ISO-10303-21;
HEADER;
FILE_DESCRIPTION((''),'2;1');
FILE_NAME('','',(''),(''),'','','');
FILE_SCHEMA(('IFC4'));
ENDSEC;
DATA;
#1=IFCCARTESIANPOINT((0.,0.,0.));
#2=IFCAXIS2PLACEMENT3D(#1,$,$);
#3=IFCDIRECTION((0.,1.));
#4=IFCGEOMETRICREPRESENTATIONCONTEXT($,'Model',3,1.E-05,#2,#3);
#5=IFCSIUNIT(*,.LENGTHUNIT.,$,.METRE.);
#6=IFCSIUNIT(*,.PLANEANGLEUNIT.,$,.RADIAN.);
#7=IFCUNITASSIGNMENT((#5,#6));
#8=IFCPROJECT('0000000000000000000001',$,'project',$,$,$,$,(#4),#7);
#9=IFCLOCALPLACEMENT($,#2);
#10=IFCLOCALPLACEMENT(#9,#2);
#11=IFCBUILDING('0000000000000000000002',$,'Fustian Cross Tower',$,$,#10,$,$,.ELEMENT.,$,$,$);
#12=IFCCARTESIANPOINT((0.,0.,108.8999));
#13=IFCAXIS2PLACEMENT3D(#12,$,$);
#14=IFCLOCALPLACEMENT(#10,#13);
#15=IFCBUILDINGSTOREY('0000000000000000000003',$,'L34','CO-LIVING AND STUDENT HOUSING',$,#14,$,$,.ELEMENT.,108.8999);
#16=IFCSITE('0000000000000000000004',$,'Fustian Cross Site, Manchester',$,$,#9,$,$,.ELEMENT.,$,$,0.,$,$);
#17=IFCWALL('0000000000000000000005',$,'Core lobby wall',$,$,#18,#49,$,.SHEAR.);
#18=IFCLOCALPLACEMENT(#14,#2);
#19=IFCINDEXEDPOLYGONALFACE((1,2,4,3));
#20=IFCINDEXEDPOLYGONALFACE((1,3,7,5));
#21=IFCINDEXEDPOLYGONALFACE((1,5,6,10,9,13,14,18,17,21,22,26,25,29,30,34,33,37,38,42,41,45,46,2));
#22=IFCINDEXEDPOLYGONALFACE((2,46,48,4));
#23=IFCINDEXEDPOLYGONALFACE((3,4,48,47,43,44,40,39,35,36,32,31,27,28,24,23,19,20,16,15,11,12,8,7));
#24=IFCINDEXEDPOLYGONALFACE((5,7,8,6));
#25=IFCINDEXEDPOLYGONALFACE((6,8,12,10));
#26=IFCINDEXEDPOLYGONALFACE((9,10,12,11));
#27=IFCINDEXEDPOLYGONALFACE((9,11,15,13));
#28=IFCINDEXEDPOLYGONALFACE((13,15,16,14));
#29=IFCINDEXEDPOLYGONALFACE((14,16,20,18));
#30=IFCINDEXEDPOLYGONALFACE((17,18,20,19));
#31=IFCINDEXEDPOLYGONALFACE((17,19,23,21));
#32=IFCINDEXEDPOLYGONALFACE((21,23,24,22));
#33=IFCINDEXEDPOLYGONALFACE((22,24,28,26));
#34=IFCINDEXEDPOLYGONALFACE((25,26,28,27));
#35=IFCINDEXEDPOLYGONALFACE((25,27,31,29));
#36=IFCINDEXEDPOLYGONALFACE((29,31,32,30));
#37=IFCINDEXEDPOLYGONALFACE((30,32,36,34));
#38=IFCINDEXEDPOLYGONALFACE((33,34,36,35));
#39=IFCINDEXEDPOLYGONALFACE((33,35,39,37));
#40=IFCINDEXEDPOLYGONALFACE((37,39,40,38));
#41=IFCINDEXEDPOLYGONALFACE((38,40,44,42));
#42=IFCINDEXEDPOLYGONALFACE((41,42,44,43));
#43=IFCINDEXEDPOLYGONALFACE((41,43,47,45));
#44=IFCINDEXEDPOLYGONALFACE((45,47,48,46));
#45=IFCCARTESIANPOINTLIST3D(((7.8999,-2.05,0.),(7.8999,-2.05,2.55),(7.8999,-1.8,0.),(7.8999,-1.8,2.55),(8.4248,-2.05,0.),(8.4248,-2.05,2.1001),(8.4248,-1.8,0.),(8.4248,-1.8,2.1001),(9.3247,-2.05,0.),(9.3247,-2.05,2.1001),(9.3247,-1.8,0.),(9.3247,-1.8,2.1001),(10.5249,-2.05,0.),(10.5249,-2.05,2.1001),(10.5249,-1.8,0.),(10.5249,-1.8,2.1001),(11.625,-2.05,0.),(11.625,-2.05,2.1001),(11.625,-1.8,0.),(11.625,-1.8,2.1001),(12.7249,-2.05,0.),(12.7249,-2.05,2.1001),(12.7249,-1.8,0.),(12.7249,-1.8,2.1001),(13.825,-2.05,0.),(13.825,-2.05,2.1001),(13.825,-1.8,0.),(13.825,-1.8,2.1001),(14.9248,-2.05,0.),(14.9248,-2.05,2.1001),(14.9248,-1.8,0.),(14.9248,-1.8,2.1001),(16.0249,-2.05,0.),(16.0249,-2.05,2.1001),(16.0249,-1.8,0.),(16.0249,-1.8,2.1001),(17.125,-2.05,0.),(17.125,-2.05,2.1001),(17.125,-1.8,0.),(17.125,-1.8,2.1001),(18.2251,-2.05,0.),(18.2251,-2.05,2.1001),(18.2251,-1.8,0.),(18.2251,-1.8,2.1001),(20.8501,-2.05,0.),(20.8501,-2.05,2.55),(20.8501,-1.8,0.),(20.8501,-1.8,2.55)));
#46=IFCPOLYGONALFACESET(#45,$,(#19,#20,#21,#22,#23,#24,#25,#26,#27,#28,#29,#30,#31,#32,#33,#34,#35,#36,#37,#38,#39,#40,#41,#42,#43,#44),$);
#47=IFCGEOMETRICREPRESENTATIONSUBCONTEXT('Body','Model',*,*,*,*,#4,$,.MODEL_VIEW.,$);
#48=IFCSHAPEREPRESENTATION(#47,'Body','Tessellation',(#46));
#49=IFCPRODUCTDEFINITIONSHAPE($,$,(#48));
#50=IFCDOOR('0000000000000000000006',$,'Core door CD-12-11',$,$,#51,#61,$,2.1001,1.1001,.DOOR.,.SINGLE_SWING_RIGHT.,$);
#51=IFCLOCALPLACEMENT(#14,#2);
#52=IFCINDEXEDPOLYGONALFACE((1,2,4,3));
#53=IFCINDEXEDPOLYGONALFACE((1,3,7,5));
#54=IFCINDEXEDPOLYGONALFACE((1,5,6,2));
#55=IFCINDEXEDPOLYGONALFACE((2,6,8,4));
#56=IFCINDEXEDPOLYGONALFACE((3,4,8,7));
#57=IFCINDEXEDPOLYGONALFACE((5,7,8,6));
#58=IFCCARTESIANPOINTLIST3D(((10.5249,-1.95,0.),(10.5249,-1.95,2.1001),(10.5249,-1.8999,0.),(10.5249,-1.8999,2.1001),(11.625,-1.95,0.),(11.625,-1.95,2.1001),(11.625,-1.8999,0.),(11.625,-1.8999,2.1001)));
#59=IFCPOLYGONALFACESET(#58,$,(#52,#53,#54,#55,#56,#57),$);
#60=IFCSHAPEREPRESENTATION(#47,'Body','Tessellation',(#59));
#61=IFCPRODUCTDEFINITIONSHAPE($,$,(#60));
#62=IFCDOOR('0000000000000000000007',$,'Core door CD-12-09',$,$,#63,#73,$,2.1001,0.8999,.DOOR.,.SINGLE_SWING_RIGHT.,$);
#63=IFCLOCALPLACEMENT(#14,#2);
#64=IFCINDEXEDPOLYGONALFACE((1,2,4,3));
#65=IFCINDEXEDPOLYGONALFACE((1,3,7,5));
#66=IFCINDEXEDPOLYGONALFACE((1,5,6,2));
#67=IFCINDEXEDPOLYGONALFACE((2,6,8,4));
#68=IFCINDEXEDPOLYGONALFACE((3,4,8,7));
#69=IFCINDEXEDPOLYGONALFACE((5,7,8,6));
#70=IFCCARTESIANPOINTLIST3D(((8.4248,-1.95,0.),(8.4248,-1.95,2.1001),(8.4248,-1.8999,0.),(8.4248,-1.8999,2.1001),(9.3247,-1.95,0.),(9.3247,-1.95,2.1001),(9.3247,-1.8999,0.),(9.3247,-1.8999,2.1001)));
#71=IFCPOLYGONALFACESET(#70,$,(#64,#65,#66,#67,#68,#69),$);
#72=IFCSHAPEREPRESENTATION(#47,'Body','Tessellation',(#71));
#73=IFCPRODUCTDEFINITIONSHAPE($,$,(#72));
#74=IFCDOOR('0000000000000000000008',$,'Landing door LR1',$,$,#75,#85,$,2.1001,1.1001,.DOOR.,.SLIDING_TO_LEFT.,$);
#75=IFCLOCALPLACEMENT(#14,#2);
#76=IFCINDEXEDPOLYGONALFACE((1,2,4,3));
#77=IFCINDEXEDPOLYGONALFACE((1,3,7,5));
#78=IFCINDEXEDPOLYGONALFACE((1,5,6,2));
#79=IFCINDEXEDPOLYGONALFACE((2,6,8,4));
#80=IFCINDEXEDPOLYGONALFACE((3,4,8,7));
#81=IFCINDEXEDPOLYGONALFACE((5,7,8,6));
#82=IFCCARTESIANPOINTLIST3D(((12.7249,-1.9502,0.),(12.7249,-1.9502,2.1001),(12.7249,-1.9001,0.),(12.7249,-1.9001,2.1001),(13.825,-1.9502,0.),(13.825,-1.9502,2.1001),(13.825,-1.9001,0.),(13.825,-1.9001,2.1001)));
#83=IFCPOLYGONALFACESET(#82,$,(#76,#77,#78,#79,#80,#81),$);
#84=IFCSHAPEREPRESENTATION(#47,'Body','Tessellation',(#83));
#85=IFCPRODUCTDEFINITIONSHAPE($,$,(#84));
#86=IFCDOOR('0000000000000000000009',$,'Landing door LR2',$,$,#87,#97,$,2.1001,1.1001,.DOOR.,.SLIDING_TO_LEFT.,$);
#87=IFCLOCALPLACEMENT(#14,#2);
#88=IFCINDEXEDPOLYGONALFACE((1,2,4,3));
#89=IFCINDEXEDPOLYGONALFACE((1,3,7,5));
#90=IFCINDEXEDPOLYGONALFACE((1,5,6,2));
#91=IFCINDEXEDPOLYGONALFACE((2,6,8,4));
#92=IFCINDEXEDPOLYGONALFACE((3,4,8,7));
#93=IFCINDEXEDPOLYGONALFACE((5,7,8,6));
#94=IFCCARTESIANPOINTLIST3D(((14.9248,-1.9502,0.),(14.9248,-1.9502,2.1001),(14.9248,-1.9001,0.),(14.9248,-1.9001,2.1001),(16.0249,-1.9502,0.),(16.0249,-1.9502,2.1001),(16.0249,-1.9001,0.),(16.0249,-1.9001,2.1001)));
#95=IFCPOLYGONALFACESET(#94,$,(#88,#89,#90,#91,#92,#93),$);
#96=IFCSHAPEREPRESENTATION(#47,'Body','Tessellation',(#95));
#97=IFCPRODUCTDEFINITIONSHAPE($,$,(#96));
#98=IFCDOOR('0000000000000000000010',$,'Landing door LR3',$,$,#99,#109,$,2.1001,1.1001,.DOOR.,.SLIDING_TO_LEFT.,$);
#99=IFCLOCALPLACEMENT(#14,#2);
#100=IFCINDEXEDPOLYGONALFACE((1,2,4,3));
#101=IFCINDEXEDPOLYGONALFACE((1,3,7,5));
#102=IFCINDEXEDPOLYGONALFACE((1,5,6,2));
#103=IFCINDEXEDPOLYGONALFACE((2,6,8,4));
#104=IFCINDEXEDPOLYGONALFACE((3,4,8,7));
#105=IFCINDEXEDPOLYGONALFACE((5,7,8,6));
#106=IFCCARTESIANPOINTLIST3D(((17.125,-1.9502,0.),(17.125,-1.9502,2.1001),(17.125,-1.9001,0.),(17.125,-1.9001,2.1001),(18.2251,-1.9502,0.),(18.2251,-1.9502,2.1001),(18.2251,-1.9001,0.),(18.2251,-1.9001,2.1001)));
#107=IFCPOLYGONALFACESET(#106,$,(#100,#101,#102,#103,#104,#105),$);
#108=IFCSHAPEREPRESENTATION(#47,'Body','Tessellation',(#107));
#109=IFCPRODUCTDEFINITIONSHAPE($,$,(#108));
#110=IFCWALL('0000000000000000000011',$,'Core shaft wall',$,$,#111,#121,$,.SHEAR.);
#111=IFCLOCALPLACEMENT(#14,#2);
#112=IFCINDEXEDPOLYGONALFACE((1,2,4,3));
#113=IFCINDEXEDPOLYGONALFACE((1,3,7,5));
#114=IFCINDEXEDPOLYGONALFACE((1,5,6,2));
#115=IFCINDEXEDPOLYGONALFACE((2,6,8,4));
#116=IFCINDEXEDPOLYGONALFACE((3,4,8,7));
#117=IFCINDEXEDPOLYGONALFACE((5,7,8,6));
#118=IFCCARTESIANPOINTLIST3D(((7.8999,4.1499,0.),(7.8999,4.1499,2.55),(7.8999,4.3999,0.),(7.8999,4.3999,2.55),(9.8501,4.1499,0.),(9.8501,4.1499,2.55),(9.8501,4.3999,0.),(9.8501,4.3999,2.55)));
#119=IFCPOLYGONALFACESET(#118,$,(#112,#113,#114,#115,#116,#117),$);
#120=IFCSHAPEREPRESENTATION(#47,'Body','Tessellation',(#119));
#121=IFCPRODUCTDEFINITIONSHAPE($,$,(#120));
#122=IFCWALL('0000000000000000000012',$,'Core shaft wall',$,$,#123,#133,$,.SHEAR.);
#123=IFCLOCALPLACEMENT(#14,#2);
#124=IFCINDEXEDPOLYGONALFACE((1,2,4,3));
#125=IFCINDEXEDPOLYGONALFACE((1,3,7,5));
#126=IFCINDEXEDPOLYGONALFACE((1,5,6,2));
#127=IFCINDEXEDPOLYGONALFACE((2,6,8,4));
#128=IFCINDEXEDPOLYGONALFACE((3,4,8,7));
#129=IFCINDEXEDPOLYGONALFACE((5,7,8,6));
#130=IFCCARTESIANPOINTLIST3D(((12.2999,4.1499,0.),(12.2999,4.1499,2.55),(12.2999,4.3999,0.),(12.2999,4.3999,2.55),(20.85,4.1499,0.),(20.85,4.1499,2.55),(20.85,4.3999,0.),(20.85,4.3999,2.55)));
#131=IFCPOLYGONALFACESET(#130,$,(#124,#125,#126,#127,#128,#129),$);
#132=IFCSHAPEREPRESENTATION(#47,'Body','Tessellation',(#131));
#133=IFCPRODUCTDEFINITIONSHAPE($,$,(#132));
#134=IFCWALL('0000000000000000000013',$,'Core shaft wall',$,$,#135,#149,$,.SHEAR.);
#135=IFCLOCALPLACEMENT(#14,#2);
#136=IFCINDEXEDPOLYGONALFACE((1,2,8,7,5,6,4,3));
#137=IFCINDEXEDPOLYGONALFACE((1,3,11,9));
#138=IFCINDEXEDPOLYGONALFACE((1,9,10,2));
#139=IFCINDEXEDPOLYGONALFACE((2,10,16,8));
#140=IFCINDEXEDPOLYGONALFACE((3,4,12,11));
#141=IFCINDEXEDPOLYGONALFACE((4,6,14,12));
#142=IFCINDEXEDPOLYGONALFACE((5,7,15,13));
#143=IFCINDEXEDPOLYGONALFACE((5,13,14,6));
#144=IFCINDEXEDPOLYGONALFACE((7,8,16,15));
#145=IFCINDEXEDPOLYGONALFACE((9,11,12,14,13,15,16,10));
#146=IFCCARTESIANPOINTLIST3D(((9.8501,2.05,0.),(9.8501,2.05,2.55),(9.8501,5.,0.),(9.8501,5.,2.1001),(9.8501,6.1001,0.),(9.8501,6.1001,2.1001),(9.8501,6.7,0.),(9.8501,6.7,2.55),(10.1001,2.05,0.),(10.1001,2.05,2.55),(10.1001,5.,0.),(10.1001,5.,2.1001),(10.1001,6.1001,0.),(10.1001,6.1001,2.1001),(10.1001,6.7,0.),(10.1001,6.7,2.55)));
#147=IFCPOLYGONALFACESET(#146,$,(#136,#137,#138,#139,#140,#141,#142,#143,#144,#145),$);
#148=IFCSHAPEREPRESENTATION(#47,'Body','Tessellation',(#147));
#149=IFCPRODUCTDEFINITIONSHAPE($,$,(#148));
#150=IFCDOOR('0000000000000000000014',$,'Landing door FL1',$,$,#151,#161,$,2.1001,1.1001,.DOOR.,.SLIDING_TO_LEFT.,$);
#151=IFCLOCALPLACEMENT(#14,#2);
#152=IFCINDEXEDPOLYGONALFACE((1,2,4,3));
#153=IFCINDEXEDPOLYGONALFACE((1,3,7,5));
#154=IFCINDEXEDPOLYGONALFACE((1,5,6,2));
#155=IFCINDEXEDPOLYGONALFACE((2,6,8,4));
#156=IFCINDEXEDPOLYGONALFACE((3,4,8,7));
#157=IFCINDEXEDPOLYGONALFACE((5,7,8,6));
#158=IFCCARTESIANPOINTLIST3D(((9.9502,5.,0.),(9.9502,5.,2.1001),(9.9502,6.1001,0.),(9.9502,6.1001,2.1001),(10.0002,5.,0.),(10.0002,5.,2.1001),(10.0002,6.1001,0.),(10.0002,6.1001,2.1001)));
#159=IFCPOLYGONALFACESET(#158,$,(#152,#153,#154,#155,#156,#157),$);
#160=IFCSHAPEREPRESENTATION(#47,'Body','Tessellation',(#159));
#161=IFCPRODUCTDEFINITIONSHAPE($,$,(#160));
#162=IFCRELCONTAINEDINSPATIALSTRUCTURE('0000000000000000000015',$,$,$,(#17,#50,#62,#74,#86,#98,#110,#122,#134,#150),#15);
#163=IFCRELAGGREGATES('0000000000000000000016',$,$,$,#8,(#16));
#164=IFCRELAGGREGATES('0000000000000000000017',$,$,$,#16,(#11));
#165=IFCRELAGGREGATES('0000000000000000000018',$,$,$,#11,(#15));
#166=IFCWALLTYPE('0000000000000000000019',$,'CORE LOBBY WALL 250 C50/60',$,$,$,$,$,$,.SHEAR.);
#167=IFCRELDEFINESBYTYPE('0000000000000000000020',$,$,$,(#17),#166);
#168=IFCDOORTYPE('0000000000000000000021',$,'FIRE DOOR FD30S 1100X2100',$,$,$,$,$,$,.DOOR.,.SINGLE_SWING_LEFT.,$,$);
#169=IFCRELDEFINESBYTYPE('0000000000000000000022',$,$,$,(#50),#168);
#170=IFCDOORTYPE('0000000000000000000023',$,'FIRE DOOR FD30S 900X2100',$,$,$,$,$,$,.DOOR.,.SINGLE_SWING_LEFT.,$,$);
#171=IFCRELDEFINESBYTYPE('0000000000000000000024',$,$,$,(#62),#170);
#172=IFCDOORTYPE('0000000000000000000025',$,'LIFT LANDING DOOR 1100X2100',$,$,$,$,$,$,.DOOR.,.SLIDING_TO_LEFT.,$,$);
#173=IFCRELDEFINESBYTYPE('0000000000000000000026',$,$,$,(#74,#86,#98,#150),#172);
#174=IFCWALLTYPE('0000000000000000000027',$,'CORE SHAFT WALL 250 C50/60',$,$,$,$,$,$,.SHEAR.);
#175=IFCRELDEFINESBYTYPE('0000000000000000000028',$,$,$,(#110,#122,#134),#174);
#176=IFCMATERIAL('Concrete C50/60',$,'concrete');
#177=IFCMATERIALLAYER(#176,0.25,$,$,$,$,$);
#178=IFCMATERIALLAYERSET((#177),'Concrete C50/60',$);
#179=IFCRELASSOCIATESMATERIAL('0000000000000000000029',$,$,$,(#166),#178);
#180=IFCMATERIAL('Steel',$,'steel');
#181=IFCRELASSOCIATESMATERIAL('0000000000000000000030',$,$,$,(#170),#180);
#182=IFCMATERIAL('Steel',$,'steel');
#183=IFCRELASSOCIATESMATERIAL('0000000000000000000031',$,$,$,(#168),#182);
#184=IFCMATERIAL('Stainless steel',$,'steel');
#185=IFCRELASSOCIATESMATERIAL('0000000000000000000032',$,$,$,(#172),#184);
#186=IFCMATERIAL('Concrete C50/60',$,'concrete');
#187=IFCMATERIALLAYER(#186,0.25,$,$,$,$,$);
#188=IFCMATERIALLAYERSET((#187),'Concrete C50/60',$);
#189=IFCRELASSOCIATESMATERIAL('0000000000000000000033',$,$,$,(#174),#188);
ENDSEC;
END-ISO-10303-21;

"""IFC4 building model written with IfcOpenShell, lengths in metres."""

from ifc_helpers import new_model, si_unit, direction, frame, frame_2d, origin, place, context, subcontext, project, spatial, rectangle, extrude, material, layer, layer_set, type_object, element, fill, save


model = new_model("IFC4")

# Units and contexts
model_context = context("Model", 3, precision=1e-05, world=origin(), true_north=direction((0.0, 1.0)))
body_context = subcontext(model_context, "Body", "Model", "MODEL_VIEW")
ifc_project = project(units=[si_unit("LENGTHUNIT", "METRE"), si_unit("PLANEANGLEUNIT", "RADIAN")], contexts=[model_context])

# Site, building, storey
site_placement = place(None, origin())
site = spatial("IfcSite", under=ifc_project, at=site_placement, Name="Fustian Cross Site, Manchester", CompositionType="ELEMENT", RefElevation=0.0)
building_placement = place(site_placement, origin())
building = spatial("IfcBuilding", under=site, at=building_placement, Name="Fustian Cross Tower", CompositionType="ELEMENT")
storey_placement = place(building_placement, frame((0.0, 0.0, 108.8999)))
storey = spatial("IfcBuildingStorey", under=building, at=storey_placement, Name="L34", Description="CO-LIVING AND STUDENT HOUSING", CompositionType="ELEMENT", Elevation=108.8999)

# Wall, openings, doors
ifc_material_1 = material(Name="Concrete C50/60", Category="concrete")
ifc_layer_1 = layer(ifc_material_1, 0.25)
ifc_layer_set_1 = layer_set([ifc_layer_1], Name="Concrete C50/60")
wall_type_1 = type_object("IfcWallType", Name="CORE LOBBY WALL 250 C50/60", PredefinedType="SHEAR", material=ifc_layer_set_1)
ifc_material_2 = material(Name="Steel", Category="steel")
door_type_1 = type_object("IfcDoorType", Name="FIRE DOOR FD30S 900X2100", OperationType="SINGLE_SWING_LEFT", PredefinedType="DOOR", material=ifc_material_2)
wall_1_placement = place(storey_placement, frame((7.8999, -1.925, 0.0), z_axis=(0.0, 0.0, 1.0), x_axis=(1.0, 0.0, 0.0)))
wall_1 = element("IfcWall", 1, at=wall_1_placement, inside=storey, type_object=wall_type_1, Name="Core lobby wall", PredefinedType="SHEAR", context=body_context, shape_type="SweptSolid", body=[
    extrude(rectangle(XDim=12.9502, YDim=0.25, at=frame_2d((6.4751, 0.0))), origin(), (0.0, 0.0, 1.0), 2.55),
])
opening_1_placement = place(wall_1_placement, frame((4.825, 0.0, 0.0)))
opening_1 = element("IfcOpeningElement", 2, at=opening_1_placement, cuts=wall_1, PredefinedType="OPENING", context=body_context, shape_type="SweptSolid", body=[
    extrude(rectangle(XDim=1.1001, YDim=2.1001, at=frame_2d((0.55, 1.05))), frame((0.0, 0.135, 0.0), z_axis=(0.0, -1.0, 0.0), x_axis=(1.0, 0.0, 0.0)), (0.0, 0.0, 1.0), 0.27),
])
opening_2_placement = place(wall_1_placement, frame((7.0249, 0.0, 0.0)))
opening_2 = element("IfcOpeningElement", 3, at=opening_2_placement, cuts=wall_1, PredefinedType="OPENING", context=body_context, shape_type="SweptSolid", body=[
    extrude(rectangle(XDim=1.1001, YDim=2.1001, at=frame_2d((0.55, 1.05))), frame((0.0, 0.135, 0.0), z_axis=(0.0, -1.0, 0.0), x_axis=(1.0, 0.0, 0.0)), (0.0, 0.0, 1.0), 0.27),
])
opening_3_placement = place(wall_1_placement, frame((9.2251, 0.0, 0.0)))
opening_3 = element("IfcOpeningElement", 4, at=opening_3_placement, cuts=wall_1, PredefinedType="OPENING", context=body_context, shape_type="SweptSolid", body=[
    extrude(rectangle(XDim=1.1001, YDim=2.1001, at=frame_2d((0.55, 1.05))), frame((0.0, 0.135, 0.0), z_axis=(0.0, -1.0, 0.0), x_axis=(1.0, 0.0, 0.0)), (0.0, 0.0, 1.0), 0.27),
])
opening_4_placement = place(wall_1_placement, frame((0.5249, 0.0, 0.0)))
opening_4 = element("IfcOpeningElement", 5, at=opening_4_placement, cuts=wall_1, PredefinedType="OPENING", context=body_context, shape_type="SweptSolid", body=[
    extrude(rectangle(XDim=0.8999, YDim=2.1001, at=frame_2d((0.45, 1.05))), frame((0.0, 0.135, 0.0), z_axis=(0.0, -1.0, 0.0), x_axis=(1.0, 0.0, 0.0)), (0.0, 0.0, 1.0), 0.27),
])
opening_5_placement = place(wall_1_placement, frame((2.625, 0.0, 0.0)))
opening_5 = element("IfcOpeningElement", 6, at=opening_5_placement, cuts=wall_1, PredefinedType="OPENING", context=body_context, shape_type="SweptSolid", body=[
    extrude(rectangle(XDim=1.1001, YDim=2.1001, at=frame_2d((0.55, 1.05))), frame((0.0, 0.135, 0.0), z_axis=(0.0, -1.0, 0.0), x_axis=(1.0, 0.0, 0.0)), (0.0, 0.0, 1.0), 0.27),
])
ifc_material_3 = material(Name="Steel", Category="steel")
door_type_2 = type_object("IfcDoorType", Name="FIRE DOOR FD30S 1100X2100", OperationType="SINGLE_SWING_LEFT", PredefinedType="DOOR", material=ifc_material_3)
door_1_placement = place(opening_5_placement, frame((1.1001, 0.0, 0.0), z_axis=(0.0, 0.0, 1.0), x_axis=(-1.0, 0.0, 0.0)))
door_1 = element("IfcDoor", 7, at=door_1_placement, inside=storey, type_object=door_type_2, Name="Core door CD-12-11", OperationType="SINGLE_SWING_RIGHT", OverallHeight=2.1001, OverallWidth=1.1001, PredefinedType="DOOR", context=body_context, shape_type="SweptSolid", body=[
    extrude(rectangle(XDim=1.1001, YDim=2.1001, at=frame_2d((0.55, 1.05))), frame((0.0, 0.0249, 0.0), z_axis=(0.0, -1.0, 0.0), x_axis=(1.0, 0.0, 0.0)), (0.0, 0.0, 1.0), 0.05),
])
fill(opening_5, door_1)
door_2_placement = place(opening_4_placement, frame((0.8999, 0.0, 0.0), z_axis=(0.0, 0.0, 1.0), x_axis=(-1.0, 0.0, 0.0)))
door_2 = element("IfcDoor", 8, at=door_2_placement, inside=storey, type_object=door_type_1, Name="Core door CD-12-09", OperationType="SINGLE_SWING_RIGHT", OverallHeight=2.1001, OverallWidth=0.8999, PredefinedType="DOOR", context=body_context, shape_type="SweptSolid", body=[
    extrude(rectangle(XDim=0.8999, YDim=2.1001, at=frame_2d((0.45, 1.05))), frame((0.0, 0.0249, 0.0), z_axis=(0.0, -1.0, 0.0), x_axis=(1.0, 0.0, 0.0)), (0.0, 0.0, 1.0), 0.05),
])
fill(opening_4, door_2)
ifc_material_4 = material(Name="Stainless steel", Category="steel")
door_type_3 = type_object("IfcDoorType", Name="LIFT LANDING DOOR 1100X2100", OperationType="SLIDING_TO_LEFT", PredefinedType="DOOR", material=ifc_material_4)
door_3_placement = place(opening_1_placement, origin())
door_3 = element("IfcDoor", 9, at=door_3_placement, inside=storey, type_object=door_type_3, Name="Landing door LR1", OperationType="SLIDING_TO_LEFT", OverallHeight=2.1001, OverallWidth=1.1001, PredefinedType="DOOR", context=body_context, shape_type="SweptSolid", body=[
    extrude(rectangle(XDim=1.1001, YDim=2.1001, at=frame_2d((0.55, 1.05))), frame((0.0, 0.0249, 0.0), z_axis=(0.0, -1.0, 0.0), x_axis=(1.0, 0.0, 0.0)), (0.0, 0.0, 1.0), 0.05),
])
fill(opening_1, door_3)
door_4_placement = place(opening_2_placement, origin())
door_4 = element("IfcDoor", 10, at=door_4_placement, inside=storey, type_object=door_type_3, Name="Landing door LR2", OperationType="SLIDING_TO_LEFT", OverallHeight=2.1001, OverallWidth=1.1001, PredefinedType="DOOR", context=body_context, shape_type="SweptSolid", body=[
    extrude(rectangle(XDim=1.1001, YDim=2.1001, at=frame_2d((0.55, 1.05))), frame((0.0, 0.0249, 0.0), z_axis=(0.0, -1.0, 0.0), x_axis=(1.0, 0.0, 0.0)), (0.0, 0.0, 1.0), 0.05),
])
fill(opening_2, door_4)
door_5_placement = place(opening_3_placement, origin())
door_5 = element("IfcDoor", 11, at=door_5_placement, inside=storey, type_object=door_type_3, Name="Landing door LR3", OperationType="SLIDING_TO_LEFT", OverallHeight=2.1001, OverallWidth=1.1001, PredefinedType="DOOR", context=body_context, shape_type="SweptSolid", body=[
    extrude(rectangle(XDim=1.1001, YDim=2.1001, at=frame_2d((0.55, 1.05))), frame((0.0, 0.0249, 0.0), z_axis=(0.0, -1.0, 0.0), x_axis=(1.0, 0.0, 0.0)), (0.0, 0.0, 1.0), 0.05),
])
fill(opening_3, door_5)

# Walls
ifc_material_5 = material(Name="Concrete C50/60", Category="concrete")
ifc_layer_2 = layer(ifc_material_5, 0.25)
ifc_layer_set_2 = layer_set([ifc_layer_2], Name="Concrete C50/60")
wall_type_2 = type_object("IfcWallType", Name="CORE SHAFT WALL 250 C50/60", PredefinedType="SHEAR", material=ifc_layer_set_2)
wall_2_placement = place(storey_placement, frame((7.8999, 4.2749, 0.0), z_axis=(0.0, 0.0, 1.0), x_axis=(1.0, 0.0, 0.0)))
element("IfcWall", 12, at=wall_2_placement, inside=storey, type_object=wall_type_2, Name="Core shaft wall", PredefinedType="SHEAR", context=body_context, shape_type="SweptSolid", body=[
    extrude(rectangle(XDim=1.9502, YDim=0.25, at=frame_2d((0.9751, 0.0))), origin(), (0.0, 0.0, 1.0), 2.55),
])
wall_3_placement = place(storey_placement, frame((12.3, 4.2749, 0.0), z_axis=(0.0, 0.0, 1.0), x_axis=(1.0, 0.0, 0.0)))
element("IfcWall", 13, at=wall_3_placement, inside=storey, type_object=wall_type_2, Name="Core shaft wall", PredefinedType="SHEAR", context=body_context, shape_type="SweptSolid", body=[
    extrude(rectangle(XDim=8.55, YDim=0.25, at=frame_2d((4.2749, 0.0))), origin(), (0.0, 0.0, 1.0), 2.55),
])

# Wall, opening, door
wall_4_placement = place(storey_placement, frame((9.9751, 2.05, 0.0), z_axis=(0.0, 0.0, 1.0), x_axis=(0.0, 1.0, 0.0)))
wall_4 = element("IfcWall", 14, at=wall_4_placement, inside=storey, type_object=wall_type_2, Name="Core shaft wall", PredefinedType="SHEAR", context=body_context, shape_type="SweptSolid", body=[
    extrude(rectangle(XDim=4.6499, YDim=0.25, at=frame_2d((2.325, 0.0))), origin(), (0.0, 0.0, 1.0), 2.55),
])
opening_6_placement = place(wall_4_placement, frame((2.95, 0.0, 0.0)))
opening_6 = element("IfcOpeningElement", 15, at=opening_6_placement, cuts=wall_4, PredefinedType="OPENING", context=body_context, shape_type="SweptSolid", body=[
    extrude(rectangle(XDim=1.1001, YDim=2.1001, at=frame_2d((0.55, 1.05))), frame((0.0, 0.135, 0.0), z_axis=(0.0, -1.0, 0.0), x_axis=(1.0, 0.0, 0.0)), (0.0, 0.0, 1.0), 0.27),
])
door_6_placement = place(opening_6_placement, origin())
door_6 = element("IfcDoor", 16, at=door_6_placement, inside=storey, type_object=door_type_3, Name="Landing door FL1", OperationType="SLIDING_TO_LEFT", OverallHeight=2.1001, OverallWidth=1.1001, PredefinedType="DOOR", context=body_context, shape_type="SweptSolid", body=[
    extrude(rectangle(XDim=1.1001, YDim=2.1001, at=frame_2d((0.55, 1.05))), frame((0.0, 0.0249, 0.0), z_axis=(0.0, -1.0, 0.0), x_axis=(1.0, 0.0, 0.0)), (0.0, 0.0, 1.0), 0.05),
])
fill(opening_6, door_6)

save(model, "model.ifc")
